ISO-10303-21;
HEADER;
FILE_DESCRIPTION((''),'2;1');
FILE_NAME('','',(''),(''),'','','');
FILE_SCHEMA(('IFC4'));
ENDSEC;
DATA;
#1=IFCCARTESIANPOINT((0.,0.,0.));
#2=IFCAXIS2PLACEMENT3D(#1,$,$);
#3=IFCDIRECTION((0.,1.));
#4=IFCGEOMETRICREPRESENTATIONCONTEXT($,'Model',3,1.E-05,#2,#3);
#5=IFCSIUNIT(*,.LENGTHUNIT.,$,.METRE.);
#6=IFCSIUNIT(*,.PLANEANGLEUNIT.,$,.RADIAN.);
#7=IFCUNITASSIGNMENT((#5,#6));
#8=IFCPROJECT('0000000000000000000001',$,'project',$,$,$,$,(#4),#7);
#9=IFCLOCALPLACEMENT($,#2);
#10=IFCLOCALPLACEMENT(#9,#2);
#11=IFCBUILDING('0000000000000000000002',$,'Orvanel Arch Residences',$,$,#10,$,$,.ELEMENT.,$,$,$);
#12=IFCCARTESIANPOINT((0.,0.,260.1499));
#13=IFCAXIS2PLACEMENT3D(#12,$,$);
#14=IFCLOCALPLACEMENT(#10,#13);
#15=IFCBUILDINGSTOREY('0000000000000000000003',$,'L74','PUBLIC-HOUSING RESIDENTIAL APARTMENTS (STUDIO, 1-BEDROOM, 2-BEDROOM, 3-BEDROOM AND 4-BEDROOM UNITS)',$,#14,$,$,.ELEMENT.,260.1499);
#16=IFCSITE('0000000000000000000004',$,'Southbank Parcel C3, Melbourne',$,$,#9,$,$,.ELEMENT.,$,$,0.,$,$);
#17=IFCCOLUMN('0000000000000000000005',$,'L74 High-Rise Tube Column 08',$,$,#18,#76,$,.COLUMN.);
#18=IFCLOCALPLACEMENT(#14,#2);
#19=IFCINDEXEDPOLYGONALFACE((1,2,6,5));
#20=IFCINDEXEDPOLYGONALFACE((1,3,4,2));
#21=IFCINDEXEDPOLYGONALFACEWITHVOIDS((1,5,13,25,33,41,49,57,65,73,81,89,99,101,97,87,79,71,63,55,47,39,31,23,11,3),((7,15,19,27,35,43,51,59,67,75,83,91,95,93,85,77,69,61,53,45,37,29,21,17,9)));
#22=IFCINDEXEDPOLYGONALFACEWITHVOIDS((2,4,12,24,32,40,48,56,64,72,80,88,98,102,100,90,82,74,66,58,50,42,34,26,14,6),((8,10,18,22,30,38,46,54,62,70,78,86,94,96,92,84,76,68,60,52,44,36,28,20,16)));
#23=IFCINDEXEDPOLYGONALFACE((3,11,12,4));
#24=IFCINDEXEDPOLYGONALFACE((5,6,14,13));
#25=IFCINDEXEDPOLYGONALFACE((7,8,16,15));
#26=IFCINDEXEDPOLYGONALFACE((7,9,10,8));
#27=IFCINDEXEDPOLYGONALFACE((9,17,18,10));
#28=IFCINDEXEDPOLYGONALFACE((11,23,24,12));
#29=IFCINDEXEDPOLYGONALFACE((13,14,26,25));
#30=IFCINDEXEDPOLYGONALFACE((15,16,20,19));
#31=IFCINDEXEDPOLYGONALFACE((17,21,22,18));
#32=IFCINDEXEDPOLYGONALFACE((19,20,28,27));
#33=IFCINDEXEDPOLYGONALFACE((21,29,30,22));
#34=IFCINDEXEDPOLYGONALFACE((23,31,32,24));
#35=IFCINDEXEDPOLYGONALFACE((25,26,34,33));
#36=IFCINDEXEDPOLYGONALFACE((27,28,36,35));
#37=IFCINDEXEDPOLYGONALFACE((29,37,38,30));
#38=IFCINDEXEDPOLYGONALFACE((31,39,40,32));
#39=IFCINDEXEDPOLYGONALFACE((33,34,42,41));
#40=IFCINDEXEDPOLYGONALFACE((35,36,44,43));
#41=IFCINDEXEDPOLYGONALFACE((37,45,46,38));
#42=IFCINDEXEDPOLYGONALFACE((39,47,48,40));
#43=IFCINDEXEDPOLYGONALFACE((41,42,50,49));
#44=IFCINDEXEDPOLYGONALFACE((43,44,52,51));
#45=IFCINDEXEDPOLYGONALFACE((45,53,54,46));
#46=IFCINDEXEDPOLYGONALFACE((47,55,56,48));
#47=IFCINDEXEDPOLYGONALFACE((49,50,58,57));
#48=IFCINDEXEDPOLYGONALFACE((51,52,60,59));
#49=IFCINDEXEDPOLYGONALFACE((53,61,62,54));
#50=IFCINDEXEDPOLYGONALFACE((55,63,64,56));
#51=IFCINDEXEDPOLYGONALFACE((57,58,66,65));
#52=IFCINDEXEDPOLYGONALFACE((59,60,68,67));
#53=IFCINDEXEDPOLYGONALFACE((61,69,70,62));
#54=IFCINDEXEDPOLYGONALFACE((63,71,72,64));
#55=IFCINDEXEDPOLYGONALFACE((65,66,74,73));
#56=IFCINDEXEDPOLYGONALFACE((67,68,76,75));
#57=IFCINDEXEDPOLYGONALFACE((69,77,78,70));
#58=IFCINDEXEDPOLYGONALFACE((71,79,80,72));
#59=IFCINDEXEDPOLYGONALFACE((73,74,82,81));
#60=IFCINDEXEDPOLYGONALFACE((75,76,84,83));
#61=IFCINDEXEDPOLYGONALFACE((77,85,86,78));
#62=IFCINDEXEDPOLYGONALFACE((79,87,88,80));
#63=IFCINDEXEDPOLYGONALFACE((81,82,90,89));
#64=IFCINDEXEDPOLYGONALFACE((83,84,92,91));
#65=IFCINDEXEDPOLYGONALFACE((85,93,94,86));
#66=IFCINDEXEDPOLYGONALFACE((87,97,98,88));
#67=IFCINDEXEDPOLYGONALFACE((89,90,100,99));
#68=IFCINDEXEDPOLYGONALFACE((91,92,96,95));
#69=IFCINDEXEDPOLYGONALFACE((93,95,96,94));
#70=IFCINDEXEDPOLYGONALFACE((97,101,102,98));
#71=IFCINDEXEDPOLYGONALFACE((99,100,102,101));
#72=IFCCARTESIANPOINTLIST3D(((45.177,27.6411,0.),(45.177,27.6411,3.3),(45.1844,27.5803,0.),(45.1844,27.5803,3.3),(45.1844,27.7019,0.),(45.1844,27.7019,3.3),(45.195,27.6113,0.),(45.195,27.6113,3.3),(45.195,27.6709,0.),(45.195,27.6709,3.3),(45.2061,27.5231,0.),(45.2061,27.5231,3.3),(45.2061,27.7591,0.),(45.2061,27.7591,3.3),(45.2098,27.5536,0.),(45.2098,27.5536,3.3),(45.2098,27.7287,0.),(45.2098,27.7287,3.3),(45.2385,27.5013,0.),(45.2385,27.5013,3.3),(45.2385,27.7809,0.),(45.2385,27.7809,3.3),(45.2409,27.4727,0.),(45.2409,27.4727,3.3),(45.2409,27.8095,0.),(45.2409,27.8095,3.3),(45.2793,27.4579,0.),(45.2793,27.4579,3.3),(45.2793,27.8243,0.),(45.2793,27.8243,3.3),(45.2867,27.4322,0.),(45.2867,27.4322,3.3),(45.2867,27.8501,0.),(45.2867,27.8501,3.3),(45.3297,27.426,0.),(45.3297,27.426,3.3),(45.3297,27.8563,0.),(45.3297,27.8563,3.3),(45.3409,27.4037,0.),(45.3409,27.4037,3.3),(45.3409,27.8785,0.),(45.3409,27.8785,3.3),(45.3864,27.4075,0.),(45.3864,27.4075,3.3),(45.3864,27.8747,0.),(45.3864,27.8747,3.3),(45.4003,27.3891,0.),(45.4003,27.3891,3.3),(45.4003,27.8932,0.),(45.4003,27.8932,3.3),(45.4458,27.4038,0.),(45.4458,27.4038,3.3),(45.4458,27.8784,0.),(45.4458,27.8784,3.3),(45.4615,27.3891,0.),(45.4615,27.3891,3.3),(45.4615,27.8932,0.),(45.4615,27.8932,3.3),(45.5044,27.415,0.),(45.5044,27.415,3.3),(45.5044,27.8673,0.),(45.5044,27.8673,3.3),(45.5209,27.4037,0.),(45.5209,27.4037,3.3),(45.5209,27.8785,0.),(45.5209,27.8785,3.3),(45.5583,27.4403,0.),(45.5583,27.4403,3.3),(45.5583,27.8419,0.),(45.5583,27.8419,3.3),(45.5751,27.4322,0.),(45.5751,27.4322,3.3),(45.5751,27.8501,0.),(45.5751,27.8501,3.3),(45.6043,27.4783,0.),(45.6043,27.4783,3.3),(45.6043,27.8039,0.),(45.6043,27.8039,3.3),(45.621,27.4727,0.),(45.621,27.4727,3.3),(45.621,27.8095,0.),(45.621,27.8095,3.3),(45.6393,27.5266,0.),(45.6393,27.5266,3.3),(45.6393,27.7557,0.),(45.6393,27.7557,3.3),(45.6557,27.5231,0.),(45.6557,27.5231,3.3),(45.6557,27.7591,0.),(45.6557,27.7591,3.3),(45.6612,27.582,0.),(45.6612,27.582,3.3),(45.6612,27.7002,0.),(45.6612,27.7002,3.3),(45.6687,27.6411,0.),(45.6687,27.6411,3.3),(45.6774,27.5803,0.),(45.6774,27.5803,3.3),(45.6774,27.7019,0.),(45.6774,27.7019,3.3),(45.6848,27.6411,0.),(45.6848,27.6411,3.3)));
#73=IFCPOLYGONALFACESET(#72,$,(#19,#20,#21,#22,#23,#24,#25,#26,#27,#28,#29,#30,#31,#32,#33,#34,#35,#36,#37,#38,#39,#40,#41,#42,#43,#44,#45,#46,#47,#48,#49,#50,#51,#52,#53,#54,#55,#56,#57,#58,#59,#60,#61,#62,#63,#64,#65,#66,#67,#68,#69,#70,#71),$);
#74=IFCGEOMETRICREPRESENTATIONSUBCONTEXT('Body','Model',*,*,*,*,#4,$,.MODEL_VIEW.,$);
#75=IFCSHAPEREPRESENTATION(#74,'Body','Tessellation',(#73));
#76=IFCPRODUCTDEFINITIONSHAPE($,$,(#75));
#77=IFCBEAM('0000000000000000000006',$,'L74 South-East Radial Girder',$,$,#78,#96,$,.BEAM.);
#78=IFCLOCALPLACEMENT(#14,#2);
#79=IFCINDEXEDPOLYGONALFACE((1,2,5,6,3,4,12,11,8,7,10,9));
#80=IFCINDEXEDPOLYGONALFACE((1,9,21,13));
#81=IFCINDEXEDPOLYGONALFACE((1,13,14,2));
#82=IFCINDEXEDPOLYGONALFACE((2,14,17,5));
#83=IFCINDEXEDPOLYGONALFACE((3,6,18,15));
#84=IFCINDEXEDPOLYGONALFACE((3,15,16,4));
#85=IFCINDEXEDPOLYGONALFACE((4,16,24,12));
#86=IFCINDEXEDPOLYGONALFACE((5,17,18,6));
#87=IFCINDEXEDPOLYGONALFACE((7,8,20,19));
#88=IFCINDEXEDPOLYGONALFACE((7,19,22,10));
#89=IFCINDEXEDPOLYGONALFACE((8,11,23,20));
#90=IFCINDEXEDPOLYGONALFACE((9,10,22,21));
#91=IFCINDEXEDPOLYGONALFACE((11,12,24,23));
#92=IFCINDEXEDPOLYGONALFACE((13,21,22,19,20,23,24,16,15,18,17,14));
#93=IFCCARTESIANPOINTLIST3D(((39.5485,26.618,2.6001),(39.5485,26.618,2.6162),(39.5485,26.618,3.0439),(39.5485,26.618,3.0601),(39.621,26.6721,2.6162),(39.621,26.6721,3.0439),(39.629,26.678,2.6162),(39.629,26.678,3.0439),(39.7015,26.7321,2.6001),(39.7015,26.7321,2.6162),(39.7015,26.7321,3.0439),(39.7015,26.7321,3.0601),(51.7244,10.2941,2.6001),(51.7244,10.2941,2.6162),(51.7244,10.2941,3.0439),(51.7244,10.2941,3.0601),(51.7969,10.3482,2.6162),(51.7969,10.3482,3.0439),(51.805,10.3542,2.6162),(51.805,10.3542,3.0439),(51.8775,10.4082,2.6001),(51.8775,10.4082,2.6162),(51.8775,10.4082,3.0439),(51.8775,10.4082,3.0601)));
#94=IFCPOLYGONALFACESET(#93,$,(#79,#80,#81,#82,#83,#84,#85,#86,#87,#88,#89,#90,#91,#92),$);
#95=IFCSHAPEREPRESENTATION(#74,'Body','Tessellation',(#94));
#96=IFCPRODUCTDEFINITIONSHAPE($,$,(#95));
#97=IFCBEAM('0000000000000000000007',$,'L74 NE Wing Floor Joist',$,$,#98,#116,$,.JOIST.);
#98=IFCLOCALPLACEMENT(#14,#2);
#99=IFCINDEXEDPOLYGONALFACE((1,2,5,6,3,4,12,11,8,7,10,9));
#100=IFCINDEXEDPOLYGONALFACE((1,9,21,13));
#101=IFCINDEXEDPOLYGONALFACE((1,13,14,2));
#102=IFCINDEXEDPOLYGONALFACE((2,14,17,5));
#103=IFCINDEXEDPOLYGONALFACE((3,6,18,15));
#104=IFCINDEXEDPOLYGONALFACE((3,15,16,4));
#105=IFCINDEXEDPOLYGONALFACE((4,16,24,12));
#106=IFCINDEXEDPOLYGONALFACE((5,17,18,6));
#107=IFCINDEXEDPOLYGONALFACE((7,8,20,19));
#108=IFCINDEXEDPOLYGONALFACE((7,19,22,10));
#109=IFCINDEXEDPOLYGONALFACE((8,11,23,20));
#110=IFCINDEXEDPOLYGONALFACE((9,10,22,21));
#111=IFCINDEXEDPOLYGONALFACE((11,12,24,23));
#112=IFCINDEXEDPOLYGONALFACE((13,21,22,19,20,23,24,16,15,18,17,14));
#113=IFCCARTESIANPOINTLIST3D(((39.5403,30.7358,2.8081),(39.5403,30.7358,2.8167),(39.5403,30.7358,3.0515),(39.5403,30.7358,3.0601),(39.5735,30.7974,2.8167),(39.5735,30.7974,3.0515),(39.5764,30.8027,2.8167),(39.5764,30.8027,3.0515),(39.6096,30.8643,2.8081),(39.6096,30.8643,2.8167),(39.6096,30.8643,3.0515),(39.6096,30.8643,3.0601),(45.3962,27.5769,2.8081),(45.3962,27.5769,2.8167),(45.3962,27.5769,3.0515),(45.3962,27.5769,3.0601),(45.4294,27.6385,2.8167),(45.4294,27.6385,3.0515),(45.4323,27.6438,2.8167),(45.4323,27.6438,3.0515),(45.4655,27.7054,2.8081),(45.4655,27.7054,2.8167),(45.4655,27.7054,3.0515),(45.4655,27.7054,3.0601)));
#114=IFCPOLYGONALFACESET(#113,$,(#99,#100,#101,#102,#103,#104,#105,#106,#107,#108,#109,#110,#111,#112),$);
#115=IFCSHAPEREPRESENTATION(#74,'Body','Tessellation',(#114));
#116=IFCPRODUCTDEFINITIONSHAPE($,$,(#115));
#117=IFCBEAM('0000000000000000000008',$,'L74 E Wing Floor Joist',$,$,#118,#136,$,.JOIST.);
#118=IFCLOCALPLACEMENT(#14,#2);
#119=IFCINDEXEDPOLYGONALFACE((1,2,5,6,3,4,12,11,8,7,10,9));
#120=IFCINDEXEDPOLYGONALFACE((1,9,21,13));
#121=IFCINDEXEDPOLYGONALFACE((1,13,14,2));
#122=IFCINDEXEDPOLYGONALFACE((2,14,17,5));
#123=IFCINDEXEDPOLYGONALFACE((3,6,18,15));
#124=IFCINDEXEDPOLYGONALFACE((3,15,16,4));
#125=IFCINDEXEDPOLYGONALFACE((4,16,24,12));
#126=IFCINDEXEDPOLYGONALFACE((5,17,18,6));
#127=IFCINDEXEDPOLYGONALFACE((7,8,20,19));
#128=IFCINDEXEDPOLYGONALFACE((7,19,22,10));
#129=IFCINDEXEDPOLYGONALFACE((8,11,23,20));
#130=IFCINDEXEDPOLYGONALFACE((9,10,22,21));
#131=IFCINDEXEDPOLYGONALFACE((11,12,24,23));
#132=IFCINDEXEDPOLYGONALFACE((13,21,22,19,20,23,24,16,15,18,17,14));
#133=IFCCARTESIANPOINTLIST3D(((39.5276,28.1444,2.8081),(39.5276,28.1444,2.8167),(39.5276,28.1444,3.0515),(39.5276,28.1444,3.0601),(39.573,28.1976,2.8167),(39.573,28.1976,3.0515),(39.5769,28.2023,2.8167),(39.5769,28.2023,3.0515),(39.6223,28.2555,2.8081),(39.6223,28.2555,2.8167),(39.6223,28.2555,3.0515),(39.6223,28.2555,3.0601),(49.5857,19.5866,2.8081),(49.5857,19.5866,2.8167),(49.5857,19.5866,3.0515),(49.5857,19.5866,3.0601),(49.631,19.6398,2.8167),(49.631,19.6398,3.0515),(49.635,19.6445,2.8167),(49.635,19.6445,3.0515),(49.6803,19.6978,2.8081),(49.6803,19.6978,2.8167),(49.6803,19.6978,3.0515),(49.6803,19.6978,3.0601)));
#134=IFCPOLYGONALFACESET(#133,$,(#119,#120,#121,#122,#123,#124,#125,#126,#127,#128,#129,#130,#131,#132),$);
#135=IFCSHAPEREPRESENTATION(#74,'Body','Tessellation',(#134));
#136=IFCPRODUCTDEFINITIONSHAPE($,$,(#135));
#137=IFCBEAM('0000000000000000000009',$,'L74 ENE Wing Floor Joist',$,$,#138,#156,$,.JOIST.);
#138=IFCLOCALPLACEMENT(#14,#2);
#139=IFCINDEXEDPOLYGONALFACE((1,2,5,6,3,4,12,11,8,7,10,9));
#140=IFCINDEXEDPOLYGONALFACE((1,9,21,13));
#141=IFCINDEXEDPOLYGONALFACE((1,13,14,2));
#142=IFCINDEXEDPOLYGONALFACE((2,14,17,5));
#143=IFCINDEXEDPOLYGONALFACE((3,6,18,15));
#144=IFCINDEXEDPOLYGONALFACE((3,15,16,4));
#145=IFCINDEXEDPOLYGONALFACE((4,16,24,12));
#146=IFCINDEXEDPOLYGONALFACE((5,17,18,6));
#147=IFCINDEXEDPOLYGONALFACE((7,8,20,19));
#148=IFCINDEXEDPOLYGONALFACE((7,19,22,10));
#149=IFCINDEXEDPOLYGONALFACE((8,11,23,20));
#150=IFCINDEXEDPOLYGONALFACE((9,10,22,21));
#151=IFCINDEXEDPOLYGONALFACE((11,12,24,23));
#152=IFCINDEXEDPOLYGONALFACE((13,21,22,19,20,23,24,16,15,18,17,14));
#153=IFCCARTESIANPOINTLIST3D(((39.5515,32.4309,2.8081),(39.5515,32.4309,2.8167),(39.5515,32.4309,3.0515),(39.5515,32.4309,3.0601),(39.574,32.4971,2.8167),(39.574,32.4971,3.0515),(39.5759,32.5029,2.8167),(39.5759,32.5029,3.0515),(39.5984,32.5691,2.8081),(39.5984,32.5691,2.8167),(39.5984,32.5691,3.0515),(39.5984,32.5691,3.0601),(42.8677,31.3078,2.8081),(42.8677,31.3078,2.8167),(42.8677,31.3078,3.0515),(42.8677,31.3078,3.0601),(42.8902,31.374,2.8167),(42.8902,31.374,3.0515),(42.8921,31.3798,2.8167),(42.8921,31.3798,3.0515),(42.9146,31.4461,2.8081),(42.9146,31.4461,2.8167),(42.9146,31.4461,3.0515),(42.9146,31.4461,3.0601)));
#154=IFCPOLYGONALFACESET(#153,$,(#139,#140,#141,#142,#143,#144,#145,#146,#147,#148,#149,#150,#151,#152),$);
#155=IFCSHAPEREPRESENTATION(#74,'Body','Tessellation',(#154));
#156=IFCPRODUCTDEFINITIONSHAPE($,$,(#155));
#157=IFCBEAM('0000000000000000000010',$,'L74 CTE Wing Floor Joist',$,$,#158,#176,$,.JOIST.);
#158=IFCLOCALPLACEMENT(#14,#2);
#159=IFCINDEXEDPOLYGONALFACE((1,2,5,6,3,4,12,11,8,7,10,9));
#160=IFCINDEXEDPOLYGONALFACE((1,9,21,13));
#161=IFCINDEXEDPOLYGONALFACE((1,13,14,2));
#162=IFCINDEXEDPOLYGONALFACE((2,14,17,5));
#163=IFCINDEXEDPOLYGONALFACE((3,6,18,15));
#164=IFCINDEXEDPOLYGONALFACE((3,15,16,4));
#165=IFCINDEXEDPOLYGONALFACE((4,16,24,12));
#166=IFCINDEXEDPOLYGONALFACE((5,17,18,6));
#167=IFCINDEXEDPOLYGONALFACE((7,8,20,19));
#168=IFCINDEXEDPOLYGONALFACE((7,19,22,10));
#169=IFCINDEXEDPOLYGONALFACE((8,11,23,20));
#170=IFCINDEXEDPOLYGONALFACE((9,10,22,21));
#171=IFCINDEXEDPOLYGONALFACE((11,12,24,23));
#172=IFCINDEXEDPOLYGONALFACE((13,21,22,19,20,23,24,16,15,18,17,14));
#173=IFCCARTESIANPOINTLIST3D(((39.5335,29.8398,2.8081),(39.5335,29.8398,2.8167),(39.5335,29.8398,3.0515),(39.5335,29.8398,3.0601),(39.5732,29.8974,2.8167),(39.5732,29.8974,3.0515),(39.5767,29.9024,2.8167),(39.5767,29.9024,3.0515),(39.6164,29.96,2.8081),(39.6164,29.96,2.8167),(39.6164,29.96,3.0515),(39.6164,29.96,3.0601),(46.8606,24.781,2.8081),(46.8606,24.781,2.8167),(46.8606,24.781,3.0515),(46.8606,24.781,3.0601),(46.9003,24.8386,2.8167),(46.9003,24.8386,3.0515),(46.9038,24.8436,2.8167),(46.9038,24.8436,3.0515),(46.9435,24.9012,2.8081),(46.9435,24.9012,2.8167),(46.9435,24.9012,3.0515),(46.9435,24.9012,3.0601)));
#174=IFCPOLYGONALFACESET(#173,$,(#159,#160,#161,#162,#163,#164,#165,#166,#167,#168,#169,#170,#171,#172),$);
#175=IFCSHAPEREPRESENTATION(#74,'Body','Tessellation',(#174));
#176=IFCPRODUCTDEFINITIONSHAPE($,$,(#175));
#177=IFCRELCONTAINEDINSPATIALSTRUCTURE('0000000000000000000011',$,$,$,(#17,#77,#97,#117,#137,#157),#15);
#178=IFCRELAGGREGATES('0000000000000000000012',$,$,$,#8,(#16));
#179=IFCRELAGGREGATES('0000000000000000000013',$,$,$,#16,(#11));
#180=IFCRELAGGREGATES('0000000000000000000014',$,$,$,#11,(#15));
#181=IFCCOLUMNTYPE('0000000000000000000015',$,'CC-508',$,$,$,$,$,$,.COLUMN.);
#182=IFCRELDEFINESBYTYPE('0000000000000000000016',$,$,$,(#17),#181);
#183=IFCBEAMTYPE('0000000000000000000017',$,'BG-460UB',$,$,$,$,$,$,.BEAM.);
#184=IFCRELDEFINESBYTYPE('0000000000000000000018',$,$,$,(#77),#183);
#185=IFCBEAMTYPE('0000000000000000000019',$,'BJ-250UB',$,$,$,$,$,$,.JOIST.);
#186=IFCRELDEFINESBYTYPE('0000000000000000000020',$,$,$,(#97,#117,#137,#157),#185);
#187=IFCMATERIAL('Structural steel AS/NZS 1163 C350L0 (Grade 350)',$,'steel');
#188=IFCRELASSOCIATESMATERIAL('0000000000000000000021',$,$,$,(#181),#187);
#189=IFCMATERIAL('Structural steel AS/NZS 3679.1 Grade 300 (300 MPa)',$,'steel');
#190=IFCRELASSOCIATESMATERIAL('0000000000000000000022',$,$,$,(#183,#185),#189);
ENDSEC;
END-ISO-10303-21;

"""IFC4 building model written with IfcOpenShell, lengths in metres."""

from ifc_helpers import new_model, si_unit, direction, frame, origin, origin_2d, place, context, subcontext, project, spatial, hollow_circle, i_section, extrude, material, material_profile, profile_set, type_object, element, save


model = new_model("IFC4")

# Units and contexts
model_context = context("Model", 3, precision=1e-05, world=origin(), true_north=direction((0.0, 1.0)))
body_context = subcontext(model_context, "Body", "Model", "MODEL_VIEW")
ifc_project = project(units=[si_unit("LENGTHUNIT", "METRE"), si_unit("PLANEANGLEUNIT", "RADIAN")], contexts=[model_context])

# Site, building, storey
site_placement = place(None, origin())
site = spatial("IfcSite", under=ifc_project, at=site_placement, Name="Southbank Parcel C3, Melbourne", CompositionType="ELEMENT", RefElevation=0.0)
building_placement = place(site_placement, origin())
building = spatial("IfcBuilding", under=site, at=building_placement, Name="Orvanel Arch Residences", CompositionType="ELEMENT")
storey_placement = place(building_placement, frame((0.0, 0.0, 260.1499)))
storey = spatial("IfcBuildingStorey", under=building, at=storey_placement, Name="L74", Description="PUBLIC-HOUSING RESIDENTIAL APARTMENTS (STUDIO, 1-BEDROOM, 2-BEDROOM, 3-BEDROOM AND 4-BEDROOM UNITS)", CompositionType="ELEMENT", Elevation=260.1499)

# Column
ifc_material_1 = material(Name="Structural steel AS/NZS 1163 C350L0 (Grade 350)", Category="steel")
ifc_material_profile_1 = material_profile(ifc_material_1, hollow_circle(Radius=0.2539, WallThickness=0.0161, at=origin_2d()), Name="CHS508x16")
ifc_profile_set_1 = profile_set([ifc_material_profile_1], Name="Structural steel AS/NZS 1163 C350L0 (Grade 350)")
column_type = type_object("IfcColumnType", Name="CC-508", PredefinedType="COLUMN", material=ifc_profile_set_1)
column_placement = place(storey_placement, frame((45.4309, 27.6411, 0.0), z_axis=(0.0, 0.0, 1.0), x_axis=(1.0, 0.0, 0.0)))
element("IfcColumn", 1, at=column_placement, inside=storey, type_object=column_type, Name="L74 High-Rise Tube Column 08", PredefinedType="COLUMN", context=body_context, shape_type="SweptSolid", body=[
    extrude(hollow_circle(Radius=0.2539, WallThickness=0.0161, at=origin_2d()), origin(), (0.0, 0.0, 1.0), 3.3),
])

# Beams
ifc_material_2 = material(Name="Structural steel AS/NZS 3679.1 Grade 300 (300 MPa)", Category="steel")
ifc_material_profile_2 = material_profile(ifc_material_2, i_section(OverallWidth=0.1909, OverallDepth=0.46, WebThickness=0.01, FlangeThickness=0.0161, at=origin_2d()), Name="460UB82.1")
ifc_profile_set_2 = profile_set([ifc_material_profile_2], Name="Structural steel AS/NZS 3679.1 Grade 300 (300 MPa)")
beam_type_1 = type_object("IfcBeamType", Name="BG-460UB", PredefinedType="BEAM", material=ifc_profile_set_2)
beam_1_placement = place(storey_placement, frame((39.625, 26.675, 2.8301), z_axis=(0.597894, -0.801575, 0.0), x_axis=(0.801575, 0.597894, 0.0)))
element("IfcBeam", 2, at=beam_1_placement, inside=storey, type_object=beam_type_1, Name="L74 South-East Radial Girder", PredefinedType="BEAM", context=body_context, shape_type="SweptSolid", body=[
    extrude(i_section(OverallWidth=0.1909, OverallDepth=0.46, WebThickness=0.01, FlangeThickness=0.0161, at=origin_2d()), origin(), (0.0, 0.0, 1.0), 20.3647),
])
ifc_material_profile_3 = material_profile(ifc_material_2, i_section(OverallWidth=0.146, OverallDepth=0.252, WebThickness=0.0061, FlangeThickness=0.0085, at=origin_2d()), Name="250UB31.4")
ifc_profile_set_3 = profile_set([ifc_material_profile_3], Name="Structural steel AS/NZS 3679.1 Grade 300 (300 MPa)")
beam_type_2 = type_object("IfcBeamType", Name="BJ-250UB", PredefinedType="JOIST", material=ifc_profile_set_3)
beam_2_placement = place(storey_placement, frame((39.575, 30.8, 2.9341), z_axis=(0.880111, -0.474767, 0.0), x_axis=(0.474767, 0.880111, 0.0)))
element("IfcBeam", 3, at=beam_2_placement, inside=storey, type_object=beam_type_2, Name="L74 NE Wing Floor Joist", PredefinedType="JOIST", context=body_context, shape_type="SweptSolid", body=[
    extrude(i_section(OverallWidth=0.146, OverallDepth=0.252, WebThickness=0.0061, FlangeThickness=0.0085, at=origin_2d()), origin(), (0.0, 0.0, 1.0), 6.6536),
])
beam_3_placement = place(storey_placement, frame((39.575, 28.2, 2.9341), z_axis=(0.761623, -0.648021, 0.0), x_axis=(0.648021, 0.761623, 0.0)))
element("IfcBeam", 4, at=beam_3_placement, inside=storey, type_object=beam_type_2, Name="L74 E Wing Floor Joist", PredefinedType="JOIST", context=body_context, shape_type="SweptSolid", body=[
    extrude(i_section(OverallWidth=0.146, OverallDepth=0.252, WebThickness=0.0061, FlangeThickness=0.0085, at=origin_2d()), origin(), (0.0, 0.0, 1.0), 13.2061),
])
beam_4_placement = place(storey_placement, frame((39.575, 32.5, 2.9341), z_axis=(0.947159, -0.320764, 0.0), x_axis=(0.320764, 0.947159, 0.0)))
element("IfcBeam", 5, at=beam_4_placement, inside=storey, type_object=beam_type_2, Name="L74 ENE Wing Floor Joist", PredefinedType="JOIST", context=body_context, shape_type="SweptSolid", body=[
    extrude(i_section(OverallWidth=0.146, OverallDepth=0.252, WebThickness=0.0061, FlangeThickness=0.0085, at=origin_2d()), origin(), (0.0, 0.0, 1.0), 3.5012),
])
beam_5_placement = place(storey_placement, frame((39.575, 29.8999, 2.9341), z_axis=(0.822917, -0.568162, 0.0), x_axis=(0.568162, 0.822917, 0.0)))
element("IfcBeam", 6, at=beam_5_placement, inside=storey, type_object=beam_type_2, Name="L74 CTE Wing Floor Joist", PredefinedType="JOIST", context=body_context, shape_type="SweptSolid", body=[
    extrude(i_section(OverallWidth=0.146, OverallDepth=0.252, WebThickness=0.0061, FlangeThickness=0.0085, at=origin_2d()), origin(), (0.0, 0.0, 1.0), 8.9038),
])

save(model, "model.ifc")
